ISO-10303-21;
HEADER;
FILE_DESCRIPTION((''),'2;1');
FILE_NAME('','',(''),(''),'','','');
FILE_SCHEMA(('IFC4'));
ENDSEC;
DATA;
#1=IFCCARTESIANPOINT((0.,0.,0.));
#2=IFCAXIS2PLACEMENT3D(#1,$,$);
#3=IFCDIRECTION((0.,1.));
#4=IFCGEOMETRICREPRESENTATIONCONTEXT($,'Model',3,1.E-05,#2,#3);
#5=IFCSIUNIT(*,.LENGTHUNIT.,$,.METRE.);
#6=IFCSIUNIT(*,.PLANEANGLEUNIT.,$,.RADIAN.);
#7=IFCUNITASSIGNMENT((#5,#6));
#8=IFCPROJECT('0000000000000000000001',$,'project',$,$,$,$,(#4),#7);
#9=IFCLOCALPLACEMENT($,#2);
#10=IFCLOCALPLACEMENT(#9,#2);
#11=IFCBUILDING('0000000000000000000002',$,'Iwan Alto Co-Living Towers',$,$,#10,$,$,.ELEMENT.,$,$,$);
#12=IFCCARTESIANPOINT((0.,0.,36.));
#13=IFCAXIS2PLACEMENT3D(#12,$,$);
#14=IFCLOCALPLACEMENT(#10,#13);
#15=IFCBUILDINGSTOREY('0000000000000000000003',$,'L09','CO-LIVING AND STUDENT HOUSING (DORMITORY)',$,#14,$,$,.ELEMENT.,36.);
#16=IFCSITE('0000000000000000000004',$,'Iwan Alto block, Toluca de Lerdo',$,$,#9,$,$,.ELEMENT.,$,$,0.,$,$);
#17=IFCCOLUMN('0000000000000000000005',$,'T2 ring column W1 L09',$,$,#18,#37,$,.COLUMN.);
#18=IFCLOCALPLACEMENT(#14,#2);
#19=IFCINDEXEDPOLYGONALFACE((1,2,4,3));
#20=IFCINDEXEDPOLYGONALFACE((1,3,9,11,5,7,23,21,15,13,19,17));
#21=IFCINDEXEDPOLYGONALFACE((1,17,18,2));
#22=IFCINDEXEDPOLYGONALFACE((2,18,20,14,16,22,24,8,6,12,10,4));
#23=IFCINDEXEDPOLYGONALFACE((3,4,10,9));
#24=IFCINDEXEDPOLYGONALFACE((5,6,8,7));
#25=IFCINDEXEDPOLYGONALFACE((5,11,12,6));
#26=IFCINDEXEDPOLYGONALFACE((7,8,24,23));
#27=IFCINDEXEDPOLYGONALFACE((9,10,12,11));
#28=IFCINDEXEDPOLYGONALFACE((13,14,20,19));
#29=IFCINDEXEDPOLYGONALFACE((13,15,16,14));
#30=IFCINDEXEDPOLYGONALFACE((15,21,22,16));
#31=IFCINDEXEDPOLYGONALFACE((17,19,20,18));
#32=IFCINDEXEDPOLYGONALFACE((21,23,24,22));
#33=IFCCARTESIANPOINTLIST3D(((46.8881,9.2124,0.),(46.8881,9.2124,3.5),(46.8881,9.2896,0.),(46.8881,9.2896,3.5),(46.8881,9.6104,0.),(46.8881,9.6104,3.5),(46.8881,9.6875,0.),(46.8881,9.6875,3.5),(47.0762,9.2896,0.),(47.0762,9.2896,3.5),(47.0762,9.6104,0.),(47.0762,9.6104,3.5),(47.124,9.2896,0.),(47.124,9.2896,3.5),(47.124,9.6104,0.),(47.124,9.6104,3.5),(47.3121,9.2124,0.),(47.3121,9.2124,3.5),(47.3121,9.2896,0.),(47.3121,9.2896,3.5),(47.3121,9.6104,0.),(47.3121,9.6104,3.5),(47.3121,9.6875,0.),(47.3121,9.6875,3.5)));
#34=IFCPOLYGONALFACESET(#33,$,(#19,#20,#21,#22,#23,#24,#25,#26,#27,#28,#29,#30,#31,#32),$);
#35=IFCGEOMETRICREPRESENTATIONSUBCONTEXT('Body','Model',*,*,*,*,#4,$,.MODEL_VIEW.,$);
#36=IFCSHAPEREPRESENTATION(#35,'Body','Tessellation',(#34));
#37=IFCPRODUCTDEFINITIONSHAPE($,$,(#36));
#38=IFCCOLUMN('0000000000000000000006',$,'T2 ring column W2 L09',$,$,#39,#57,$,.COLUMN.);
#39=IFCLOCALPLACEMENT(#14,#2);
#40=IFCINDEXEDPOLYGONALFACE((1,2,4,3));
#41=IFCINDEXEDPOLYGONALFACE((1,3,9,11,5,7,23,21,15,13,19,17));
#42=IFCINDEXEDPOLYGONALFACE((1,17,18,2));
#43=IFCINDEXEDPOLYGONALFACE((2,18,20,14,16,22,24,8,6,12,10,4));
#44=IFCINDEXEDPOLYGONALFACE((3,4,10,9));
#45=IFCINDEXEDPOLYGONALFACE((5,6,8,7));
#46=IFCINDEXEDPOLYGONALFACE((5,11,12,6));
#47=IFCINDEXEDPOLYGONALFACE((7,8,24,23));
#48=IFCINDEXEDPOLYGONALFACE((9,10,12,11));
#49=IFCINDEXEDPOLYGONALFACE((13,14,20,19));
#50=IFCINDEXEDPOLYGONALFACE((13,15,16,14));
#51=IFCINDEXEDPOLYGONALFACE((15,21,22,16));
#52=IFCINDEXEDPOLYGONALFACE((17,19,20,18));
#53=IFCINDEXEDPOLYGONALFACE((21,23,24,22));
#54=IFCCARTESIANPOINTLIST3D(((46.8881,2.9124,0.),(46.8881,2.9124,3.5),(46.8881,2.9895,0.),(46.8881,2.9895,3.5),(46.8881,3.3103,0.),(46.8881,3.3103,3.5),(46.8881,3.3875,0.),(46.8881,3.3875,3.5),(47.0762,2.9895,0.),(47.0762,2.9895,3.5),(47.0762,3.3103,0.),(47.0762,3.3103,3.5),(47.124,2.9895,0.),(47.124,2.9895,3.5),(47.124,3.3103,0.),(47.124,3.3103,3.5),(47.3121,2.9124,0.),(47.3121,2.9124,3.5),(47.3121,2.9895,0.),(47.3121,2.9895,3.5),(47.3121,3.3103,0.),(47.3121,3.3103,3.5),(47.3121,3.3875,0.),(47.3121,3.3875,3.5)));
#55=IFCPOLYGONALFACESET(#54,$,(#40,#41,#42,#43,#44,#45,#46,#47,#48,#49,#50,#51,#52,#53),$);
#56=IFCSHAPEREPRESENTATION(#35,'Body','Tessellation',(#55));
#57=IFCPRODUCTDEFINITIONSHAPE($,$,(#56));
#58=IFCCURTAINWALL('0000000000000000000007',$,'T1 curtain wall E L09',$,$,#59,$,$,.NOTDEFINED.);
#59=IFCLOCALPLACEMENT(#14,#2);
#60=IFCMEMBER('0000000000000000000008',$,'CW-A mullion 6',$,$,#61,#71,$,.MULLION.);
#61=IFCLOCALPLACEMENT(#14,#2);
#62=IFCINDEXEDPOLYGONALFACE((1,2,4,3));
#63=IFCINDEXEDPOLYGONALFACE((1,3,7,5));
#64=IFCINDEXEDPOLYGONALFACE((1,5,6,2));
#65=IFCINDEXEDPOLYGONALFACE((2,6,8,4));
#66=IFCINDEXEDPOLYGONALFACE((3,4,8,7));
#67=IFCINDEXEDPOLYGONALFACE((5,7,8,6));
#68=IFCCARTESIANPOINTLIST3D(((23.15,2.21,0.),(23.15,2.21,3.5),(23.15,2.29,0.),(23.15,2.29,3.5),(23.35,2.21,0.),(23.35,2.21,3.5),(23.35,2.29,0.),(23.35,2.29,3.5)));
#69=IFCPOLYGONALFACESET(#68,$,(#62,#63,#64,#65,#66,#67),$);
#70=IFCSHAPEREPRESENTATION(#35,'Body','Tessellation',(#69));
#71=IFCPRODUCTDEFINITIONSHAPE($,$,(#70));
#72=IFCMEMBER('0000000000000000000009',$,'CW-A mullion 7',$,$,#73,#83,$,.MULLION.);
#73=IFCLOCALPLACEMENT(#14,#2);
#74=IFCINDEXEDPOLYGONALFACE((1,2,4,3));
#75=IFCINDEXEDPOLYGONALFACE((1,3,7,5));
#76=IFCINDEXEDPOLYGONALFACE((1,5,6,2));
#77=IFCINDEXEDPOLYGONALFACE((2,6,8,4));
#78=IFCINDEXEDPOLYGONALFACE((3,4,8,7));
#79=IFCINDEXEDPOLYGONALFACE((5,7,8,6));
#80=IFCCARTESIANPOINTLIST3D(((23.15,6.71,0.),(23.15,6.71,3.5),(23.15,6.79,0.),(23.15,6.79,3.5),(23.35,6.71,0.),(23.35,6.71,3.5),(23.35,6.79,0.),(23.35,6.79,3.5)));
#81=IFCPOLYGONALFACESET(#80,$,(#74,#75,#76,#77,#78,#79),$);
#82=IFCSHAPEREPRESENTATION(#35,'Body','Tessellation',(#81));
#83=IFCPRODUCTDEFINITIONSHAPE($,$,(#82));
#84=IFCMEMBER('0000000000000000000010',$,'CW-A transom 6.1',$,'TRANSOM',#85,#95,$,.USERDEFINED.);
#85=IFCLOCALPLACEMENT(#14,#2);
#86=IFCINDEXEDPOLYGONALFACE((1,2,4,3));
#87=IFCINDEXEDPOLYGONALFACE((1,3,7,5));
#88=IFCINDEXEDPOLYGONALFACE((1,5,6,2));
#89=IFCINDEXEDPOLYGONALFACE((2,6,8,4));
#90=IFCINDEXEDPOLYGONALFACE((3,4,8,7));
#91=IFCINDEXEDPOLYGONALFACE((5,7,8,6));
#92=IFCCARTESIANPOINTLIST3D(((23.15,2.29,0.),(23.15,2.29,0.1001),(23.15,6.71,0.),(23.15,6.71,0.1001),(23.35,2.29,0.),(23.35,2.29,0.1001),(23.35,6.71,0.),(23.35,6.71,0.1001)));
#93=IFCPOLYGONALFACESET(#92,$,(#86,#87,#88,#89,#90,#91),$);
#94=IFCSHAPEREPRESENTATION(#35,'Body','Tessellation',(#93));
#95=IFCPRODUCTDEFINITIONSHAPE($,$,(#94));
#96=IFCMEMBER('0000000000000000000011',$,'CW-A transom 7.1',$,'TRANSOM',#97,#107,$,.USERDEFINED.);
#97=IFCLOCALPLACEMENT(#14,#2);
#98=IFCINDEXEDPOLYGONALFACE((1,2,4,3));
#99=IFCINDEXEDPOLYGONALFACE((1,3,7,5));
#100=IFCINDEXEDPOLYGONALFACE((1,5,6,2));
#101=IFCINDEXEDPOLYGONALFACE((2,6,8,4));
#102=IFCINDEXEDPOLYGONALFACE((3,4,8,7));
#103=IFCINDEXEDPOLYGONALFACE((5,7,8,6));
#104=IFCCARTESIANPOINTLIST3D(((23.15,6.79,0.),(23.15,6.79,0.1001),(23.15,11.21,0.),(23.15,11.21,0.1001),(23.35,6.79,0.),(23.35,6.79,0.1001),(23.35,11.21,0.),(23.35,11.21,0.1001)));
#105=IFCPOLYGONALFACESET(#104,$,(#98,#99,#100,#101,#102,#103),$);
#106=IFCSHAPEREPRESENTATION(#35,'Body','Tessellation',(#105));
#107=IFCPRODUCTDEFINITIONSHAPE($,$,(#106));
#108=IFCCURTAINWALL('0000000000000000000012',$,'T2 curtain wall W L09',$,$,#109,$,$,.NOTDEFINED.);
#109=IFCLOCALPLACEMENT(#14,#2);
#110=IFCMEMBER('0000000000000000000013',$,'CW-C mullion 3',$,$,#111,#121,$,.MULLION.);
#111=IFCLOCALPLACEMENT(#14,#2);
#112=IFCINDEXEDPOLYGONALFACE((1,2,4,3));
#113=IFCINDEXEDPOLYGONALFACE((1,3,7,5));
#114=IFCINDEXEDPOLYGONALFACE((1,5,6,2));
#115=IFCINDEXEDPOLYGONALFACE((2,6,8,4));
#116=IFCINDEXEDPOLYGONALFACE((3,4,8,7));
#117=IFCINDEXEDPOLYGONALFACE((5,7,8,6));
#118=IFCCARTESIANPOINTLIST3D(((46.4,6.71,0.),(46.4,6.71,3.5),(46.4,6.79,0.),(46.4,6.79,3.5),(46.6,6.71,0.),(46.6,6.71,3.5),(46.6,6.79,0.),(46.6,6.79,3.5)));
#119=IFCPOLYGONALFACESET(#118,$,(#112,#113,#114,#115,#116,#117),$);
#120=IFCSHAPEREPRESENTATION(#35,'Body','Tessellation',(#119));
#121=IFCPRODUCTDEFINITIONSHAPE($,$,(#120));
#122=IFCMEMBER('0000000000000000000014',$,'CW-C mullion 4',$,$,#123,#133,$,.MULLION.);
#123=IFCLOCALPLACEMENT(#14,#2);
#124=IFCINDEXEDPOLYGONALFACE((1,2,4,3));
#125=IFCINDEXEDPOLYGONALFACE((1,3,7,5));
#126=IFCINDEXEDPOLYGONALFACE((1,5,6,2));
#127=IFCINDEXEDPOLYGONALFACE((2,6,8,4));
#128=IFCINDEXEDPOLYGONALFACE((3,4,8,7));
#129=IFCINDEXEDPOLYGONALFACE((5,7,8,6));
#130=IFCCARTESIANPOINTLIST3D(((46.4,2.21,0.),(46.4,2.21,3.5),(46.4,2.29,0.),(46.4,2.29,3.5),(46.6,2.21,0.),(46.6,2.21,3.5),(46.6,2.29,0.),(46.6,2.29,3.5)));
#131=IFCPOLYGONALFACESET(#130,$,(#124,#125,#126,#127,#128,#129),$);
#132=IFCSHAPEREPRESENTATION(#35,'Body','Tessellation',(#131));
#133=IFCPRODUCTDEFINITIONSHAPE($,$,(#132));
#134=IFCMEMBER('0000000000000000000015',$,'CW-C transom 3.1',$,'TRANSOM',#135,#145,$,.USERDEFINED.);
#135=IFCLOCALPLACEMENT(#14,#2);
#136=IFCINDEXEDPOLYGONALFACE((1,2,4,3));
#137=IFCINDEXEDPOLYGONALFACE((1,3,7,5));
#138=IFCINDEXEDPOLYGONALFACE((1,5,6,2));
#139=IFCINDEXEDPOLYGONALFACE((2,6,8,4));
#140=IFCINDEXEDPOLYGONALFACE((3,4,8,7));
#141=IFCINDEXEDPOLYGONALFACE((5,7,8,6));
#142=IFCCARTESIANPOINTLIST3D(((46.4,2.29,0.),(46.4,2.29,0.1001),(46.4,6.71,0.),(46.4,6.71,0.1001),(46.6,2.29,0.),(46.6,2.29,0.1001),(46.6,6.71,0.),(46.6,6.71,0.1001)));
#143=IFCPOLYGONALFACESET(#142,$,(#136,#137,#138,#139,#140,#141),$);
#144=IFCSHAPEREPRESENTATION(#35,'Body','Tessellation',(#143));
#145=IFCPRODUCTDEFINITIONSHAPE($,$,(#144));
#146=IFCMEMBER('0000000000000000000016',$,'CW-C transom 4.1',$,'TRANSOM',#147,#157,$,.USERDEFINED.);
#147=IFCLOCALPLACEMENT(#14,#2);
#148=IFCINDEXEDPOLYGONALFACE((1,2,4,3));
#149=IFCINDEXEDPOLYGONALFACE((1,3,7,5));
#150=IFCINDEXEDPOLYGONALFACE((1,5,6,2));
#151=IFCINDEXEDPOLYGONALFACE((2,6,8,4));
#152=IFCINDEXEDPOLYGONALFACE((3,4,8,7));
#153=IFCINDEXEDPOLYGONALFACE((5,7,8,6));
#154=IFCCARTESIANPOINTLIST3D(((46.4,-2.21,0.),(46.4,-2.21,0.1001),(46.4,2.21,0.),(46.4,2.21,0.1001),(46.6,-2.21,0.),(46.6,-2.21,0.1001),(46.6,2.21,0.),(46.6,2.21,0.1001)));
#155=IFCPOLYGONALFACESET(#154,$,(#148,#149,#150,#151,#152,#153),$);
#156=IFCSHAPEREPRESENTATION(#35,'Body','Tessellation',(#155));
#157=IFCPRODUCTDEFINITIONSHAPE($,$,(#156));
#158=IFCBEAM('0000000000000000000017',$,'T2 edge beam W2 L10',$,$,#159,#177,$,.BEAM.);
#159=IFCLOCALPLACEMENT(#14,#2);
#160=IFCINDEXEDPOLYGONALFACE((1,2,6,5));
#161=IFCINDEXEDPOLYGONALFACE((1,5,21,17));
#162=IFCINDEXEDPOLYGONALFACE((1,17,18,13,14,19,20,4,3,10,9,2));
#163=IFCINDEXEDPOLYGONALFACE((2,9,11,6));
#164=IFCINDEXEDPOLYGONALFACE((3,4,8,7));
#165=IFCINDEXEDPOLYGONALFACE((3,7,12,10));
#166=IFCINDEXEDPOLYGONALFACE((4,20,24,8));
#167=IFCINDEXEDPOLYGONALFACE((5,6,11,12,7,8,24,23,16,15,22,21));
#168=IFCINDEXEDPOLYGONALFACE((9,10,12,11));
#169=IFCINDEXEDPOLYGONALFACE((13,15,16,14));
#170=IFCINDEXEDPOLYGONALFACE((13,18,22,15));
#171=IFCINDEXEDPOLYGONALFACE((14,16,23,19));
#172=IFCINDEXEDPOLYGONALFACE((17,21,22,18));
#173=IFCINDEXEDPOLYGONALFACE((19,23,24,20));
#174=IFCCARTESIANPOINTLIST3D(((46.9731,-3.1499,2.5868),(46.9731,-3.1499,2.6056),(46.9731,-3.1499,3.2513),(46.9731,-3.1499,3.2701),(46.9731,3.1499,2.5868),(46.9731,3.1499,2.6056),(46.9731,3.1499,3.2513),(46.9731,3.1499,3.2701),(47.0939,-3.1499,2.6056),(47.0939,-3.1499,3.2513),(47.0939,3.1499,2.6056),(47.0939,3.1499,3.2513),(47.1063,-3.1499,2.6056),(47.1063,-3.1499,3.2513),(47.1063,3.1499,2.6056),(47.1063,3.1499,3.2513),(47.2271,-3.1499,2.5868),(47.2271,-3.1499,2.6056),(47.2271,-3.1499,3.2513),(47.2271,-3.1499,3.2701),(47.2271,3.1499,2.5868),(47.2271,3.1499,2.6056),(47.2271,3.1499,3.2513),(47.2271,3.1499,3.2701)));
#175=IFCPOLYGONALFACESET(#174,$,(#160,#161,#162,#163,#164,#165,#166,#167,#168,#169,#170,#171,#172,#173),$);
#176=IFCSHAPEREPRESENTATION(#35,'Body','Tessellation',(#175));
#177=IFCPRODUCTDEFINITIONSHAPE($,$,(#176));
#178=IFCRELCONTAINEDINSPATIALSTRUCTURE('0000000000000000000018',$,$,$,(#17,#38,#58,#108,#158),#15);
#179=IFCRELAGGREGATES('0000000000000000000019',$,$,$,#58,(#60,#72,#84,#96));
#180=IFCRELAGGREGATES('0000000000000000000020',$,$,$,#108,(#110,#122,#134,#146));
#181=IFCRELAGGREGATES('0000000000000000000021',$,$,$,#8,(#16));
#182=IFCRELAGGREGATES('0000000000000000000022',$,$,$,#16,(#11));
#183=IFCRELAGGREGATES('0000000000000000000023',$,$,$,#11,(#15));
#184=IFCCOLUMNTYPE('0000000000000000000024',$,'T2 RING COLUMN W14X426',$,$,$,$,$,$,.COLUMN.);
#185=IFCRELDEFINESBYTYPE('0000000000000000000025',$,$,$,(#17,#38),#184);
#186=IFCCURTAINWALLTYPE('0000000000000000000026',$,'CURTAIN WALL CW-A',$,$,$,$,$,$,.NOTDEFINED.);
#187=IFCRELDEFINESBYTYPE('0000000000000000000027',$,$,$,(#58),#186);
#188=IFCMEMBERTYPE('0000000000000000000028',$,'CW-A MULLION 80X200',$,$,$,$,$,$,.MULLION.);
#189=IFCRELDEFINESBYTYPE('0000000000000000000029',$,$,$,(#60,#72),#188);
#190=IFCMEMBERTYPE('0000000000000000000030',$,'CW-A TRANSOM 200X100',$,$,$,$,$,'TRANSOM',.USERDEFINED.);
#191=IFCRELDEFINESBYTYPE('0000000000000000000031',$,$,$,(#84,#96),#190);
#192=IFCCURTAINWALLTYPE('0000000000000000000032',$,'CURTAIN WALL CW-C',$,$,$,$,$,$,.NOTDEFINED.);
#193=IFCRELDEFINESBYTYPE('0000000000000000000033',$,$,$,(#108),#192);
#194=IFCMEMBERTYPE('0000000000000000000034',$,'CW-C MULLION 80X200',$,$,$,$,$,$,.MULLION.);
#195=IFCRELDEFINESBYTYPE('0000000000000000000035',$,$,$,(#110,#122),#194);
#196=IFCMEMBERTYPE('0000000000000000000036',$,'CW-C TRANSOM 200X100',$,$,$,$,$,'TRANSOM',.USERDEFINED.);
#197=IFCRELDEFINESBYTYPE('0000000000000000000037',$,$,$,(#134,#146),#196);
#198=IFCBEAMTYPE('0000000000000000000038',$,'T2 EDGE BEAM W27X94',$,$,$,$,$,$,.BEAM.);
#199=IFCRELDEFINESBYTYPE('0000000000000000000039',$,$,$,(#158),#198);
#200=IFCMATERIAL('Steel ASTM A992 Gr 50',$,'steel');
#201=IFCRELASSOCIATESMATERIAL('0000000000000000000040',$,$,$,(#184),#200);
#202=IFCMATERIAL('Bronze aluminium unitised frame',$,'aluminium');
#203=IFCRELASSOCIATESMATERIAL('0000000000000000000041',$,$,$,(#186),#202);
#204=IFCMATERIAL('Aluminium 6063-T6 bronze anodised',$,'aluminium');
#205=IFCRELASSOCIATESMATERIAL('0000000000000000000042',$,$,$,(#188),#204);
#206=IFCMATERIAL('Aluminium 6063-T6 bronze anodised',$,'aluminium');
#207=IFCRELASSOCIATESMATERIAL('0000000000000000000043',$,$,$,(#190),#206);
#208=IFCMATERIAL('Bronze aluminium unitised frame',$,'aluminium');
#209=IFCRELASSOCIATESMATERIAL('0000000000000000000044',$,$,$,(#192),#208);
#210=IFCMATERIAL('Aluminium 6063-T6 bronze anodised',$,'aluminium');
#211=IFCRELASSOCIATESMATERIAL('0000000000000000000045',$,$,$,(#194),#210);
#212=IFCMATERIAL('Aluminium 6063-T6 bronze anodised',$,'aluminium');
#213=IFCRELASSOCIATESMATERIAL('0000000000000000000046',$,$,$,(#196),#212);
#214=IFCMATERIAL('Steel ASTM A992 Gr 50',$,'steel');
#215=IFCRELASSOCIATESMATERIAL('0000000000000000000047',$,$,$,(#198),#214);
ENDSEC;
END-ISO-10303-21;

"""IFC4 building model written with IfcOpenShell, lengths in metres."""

from ifc_helpers import new_model, si_unit, direction, frame, origin, origin_2d, place, context, subcontext, project, spatial, rectangle, i_section, extrude, material, material_profile, profile_set, type_object, element, aggregate, save


model = new_model("IFC4")

# Units and contexts
model_context = context("Model", 3, precision=1e-05, world=origin(), true_north=direction((0.0, 1.0)))
body_context = subcontext(model_context, "Body", "Model", "MODEL_VIEW")
ifc_project = project(units=[si_unit("LENGTHUNIT", "METRE"), si_unit("PLANEANGLEUNIT", "RADIAN")], contexts=[model_context])

# Site, building, storey
site_placement = place(None, origin())
site = spatial("IfcSite", under=ifc_project, at=site_placement, Name="Iwan Alto block, Toluca de Lerdo", CompositionType="ELEMENT", RefElevation=0.0)
building_placement = place(site_placement, origin())
building = spatial("IfcBuilding", under=site, at=building_placement, Name="Iwan Alto Co-Living Towers", CompositionType="ELEMENT")
storey_placement = place(building_placement, frame((0.0, 0.0, 36.0)))
storey = spatial("IfcBuildingStorey", under=building, at=storey_placement, Name="L09", Description="CO-LIVING AND STUDENT HOUSING (DORMITORY)", CompositionType="ELEMENT", Elevation=36.0)

# Columns
ifc_material_1 = material(Name="Steel ASTM A992 Gr 50", Category="steel")
ifc_material_profile_1 = material_profile(ifc_material_1, i_section(OverallWidth=0.4241, OverallDepth=0.4751, WebThickness=0.0479, FlangeThickness=0.0771, at=origin_2d()), Name="W14X426")
ifc_profile_set_1 = profile_set([ifc_material_profile_1], Name="Steel ASTM A992 Gr 50")
column_type = type_object("IfcColumnType", Name="T2 RING COLUMN W14X426", PredefinedType="COLUMN", material=ifc_profile_set_1)
for number, where, z_axis, x_axis, name in (
    (1, (47.1001, 9.45, 0.0), (0.0, 0.0, 1.0), (1.0, 0.0, 0.0), "T2 ring column W1 L09"),
    (2, (47.1001, 3.1499, 0.0), (0.0, 0.0, 1.0), (1.0, 0.0, 0.0), "T2 ring column W2 L09"),
):
    element("IfcColumn", number, at=place(storey_placement, frame(where, z_axis=z_axis, x_axis=x_axis)), inside=storey, type_object=column_type, Name=name, PredefinedType="COLUMN", context=body_context, shape_type="SweptSolid", body=[
        extrude(i_section(OverallWidth=0.4241, OverallDepth=0.4751, WebThickness=0.0479, FlangeThickness=0.0771, at=origin_2d()), origin(), (0.0, 0.0, 1.0), 3.5),
    ])

# Curtain walls, members
ifc_material_2 = material(Name="Bronze aluminium unitised frame", Category="aluminium")
curtain_wall_type_1 = type_object("IfcCurtainWallType", Name="CURTAIN WALL CW-A", PredefinedType="NOTDEFINED", material=ifc_material_2)
curtain_wall_1_placement = place(storey_placement, origin())
curtain_wall_1 = element("IfcCurtainWall", 3, at=curtain_wall_1_placement, inside=storey, type_object=curtain_wall_type_1, Name="T1 curtain wall E L09", PredefinedType="NOTDEFINED")
ifc_material_3 = material(Name="Aluminium 6063-T6 bronze anodised", Category="aluminium")
ifc_material_profile_2 = material_profile(ifc_material_3, rectangle(XDim=0.2, YDim=0.0801, at=origin_2d()), Name="AL 80X200")
ifc_profile_set_2 = profile_set([ifc_material_profile_2], Name="Aluminium 6063-T6 bronze anodised")
member_type_1 = type_object("IfcMemberType", Name="CW-A MULLION 80X200", PredefinedType="MULLION", material=ifc_profile_set_2)
member_1_placement = place(storey_placement, frame((23.25, 2.25, 0.0), z_axis=(0.0, 0.0, 1.0), x_axis=(-1.0, 0.0, 0.0)))
member_1 = element("IfcMember", 4, at=member_1_placement, type_object=member_type_1, Name="CW-A mullion 6", PredefinedType="MULLION", context=body_context, shape_type="SweptSolid", body=[
    extrude(rectangle(XDim=0.2, YDim=0.0801, at=origin_2d()), origin(), (0.0, 0.0, 1.0), 3.5),
])
member_2_placement = place(storey_placement, frame((23.25, 6.75, 0.0), z_axis=(0.0, 0.0, 1.0), x_axis=(-1.0, 0.0, 0.0)))
member_2 = element("IfcMember", 5, at=member_2_placement, type_object=member_type_1, Name="CW-A mullion 7", PredefinedType="MULLION", context=body_context, shape_type="SweptSolid", body=[
    extrude(rectangle(XDim=0.2, YDim=0.0801, at=origin_2d()), origin(), (0.0, 0.0, 1.0), 3.5),
])
ifc_material_4 = material(Name="Aluminium 6063-T6 bronze anodised", Category="aluminium")
ifc_material_profile_3 = material_profile(ifc_material_4, rectangle(XDim=0.2, YDim=0.1001, at=origin_2d()), Name="AL 200X100")
ifc_profile_set_3 = profile_set([ifc_material_profile_3], Name="Aluminium 6063-T6 bronze anodised")
member_type_2 = type_object("IfcMemberType", Name="CW-A TRANSOM 200X100", ElementType="TRANSOM", PredefinedType="USERDEFINED", material=ifc_profile_set_3)
member_3_placement = place(storey_placement, frame((23.25, 2.29, 0.05), z_axis=(0.0, 1.0, 0.0), x_axis=(-1.0, 0.0, 0.0)))
member_3 = element("IfcMember", 6, at=member_3_placement, type_object=member_type_2, Name="CW-A transom 6.1", ObjectType="TRANSOM", PredefinedType="USERDEFINED", context=body_context, shape_type="SweptSolid", body=[
    extrude(rectangle(XDim=0.2, YDim=0.1001, at=origin_2d()), origin(), (0.0, 0.0, 1.0), 4.4199),
])
member_4_placement = place(storey_placement, frame((23.25, 6.79, 0.05), z_axis=(0.0, 1.0, 0.0), x_axis=(-1.0, 0.0, 0.0)))
member_4 = element("IfcMember", 7, at=member_4_placement, type_object=member_type_2, Name="CW-A transom 7.1", ObjectType="TRANSOM", PredefinedType="USERDEFINED", context=body_context, shape_type="SweptSolid", body=[
    extrude(rectangle(XDim=0.2, YDim=0.1001, at=origin_2d()), origin(), (0.0, 0.0, 1.0), 4.4199),
])
ifc_material_5 = material(Name="Bronze aluminium unitised frame", Category="aluminium")
curtain_wall_type_2 = type_object("IfcCurtainWallType", Name="CURTAIN WALL CW-C", PredefinedType="NOTDEFINED", material=ifc_material_5)
curtain_wall_2_placement = place(storey_placement, origin())
curtain_wall_2 = element("IfcCurtainWall", 8, at=curtain_wall_2_placement, inside=storey, type_object=curtain_wall_type_2, Name="T2 curtain wall W L09", PredefinedType="NOTDEFINED")
ifc_material_6 = material(Name="Aluminium 6063-T6 bronze anodised", Category="aluminium")
ifc_material_profile_4 = material_profile(ifc_material_6, rectangle(XDim=0.2, YDim=0.0801, at=origin_2d()), Name="AL 80X200")
ifc_profile_set_4 = profile_set([ifc_material_profile_4], Name="Aluminium 6063-T6 bronze anodised")
member_type_3 = type_object("IfcMemberType", Name="CW-C MULLION 80X200", PredefinedType="MULLION", material=ifc_profile_set_4)
member_5_placement = place(storey_placement, frame((46.5, 6.75, 0.0), z_axis=(0.0, 0.0, 1.0), x_axis=(1.0, 0.0, 0.0)))
member_5 = element("IfcMember", 9, at=member_5_placement, type_object=member_type_3, Name="CW-C mullion 3", PredefinedType="MULLION", context=body_context, shape_type="SweptSolid", body=[
    extrude(rectangle(XDim=0.2, YDim=0.0801, at=origin_2d()), origin(), (0.0, 0.0, 1.0), 3.5),
])
member_6_placement = place(storey_placement, frame((46.5, 2.25, 0.0), z_axis=(0.0, 0.0, 1.0), x_axis=(1.0, 0.0, 0.0)))
member_6 = element("IfcMember", 10, at=member_6_placement, type_object=member_type_3, Name="CW-C mullion 4", PredefinedType="MULLION", context=body_context, shape_type="SweptSolid", body=[
    extrude(rectangle(XDim=0.2, YDim=0.0801, at=origin_2d()), origin(), (0.0, 0.0, 1.0), 3.5),
])
ifc_material_7 = material(Name="Aluminium 6063-T6 bronze anodised", Category="aluminium")
ifc_material_profile_5 = material_profile(ifc_material_7, rectangle(XDim=0.2, YDim=0.1001, at=origin_2d()), Name="AL 200X100")
ifc_profile_set_5 = profile_set([ifc_material_profile_5], Name="Aluminium 6063-T6 bronze anodised")
member_type_4 = type_object("IfcMemberType", Name="CW-C TRANSOM 200X100", ElementType="TRANSOM", PredefinedType="USERDEFINED", material=ifc_profile_set_5)
member_7_placement = place(storey_placement, frame((46.5, 6.71, 0.05), z_axis=(0.0, -1.0, 0.0), x_axis=(1.0, 0.0, 0.0)))
member_7 = element("IfcMember", 11, at=member_7_placement, type_object=member_type_4, Name="CW-C transom 3.1", ObjectType="TRANSOM", PredefinedType="USERDEFINED", context=body_context, shape_type="SweptSolid", body=[
    extrude(rectangle(XDim=0.2, YDim=0.1001, at=origin_2d()), origin(), (0.0, 0.0, 1.0), 4.4199),
])
member_8_placement = place(storey_placement, frame((46.5, 2.21, 0.05), z_axis=(0.0, -1.0, 0.0), x_axis=(1.0, 0.0, 0.0)))
member_8 = element("IfcMember", 12, at=member_8_placement, type_object=member_type_4, Name="CW-C transom 4.1", ObjectType="TRANSOM", PredefinedType="USERDEFINED", context=body_context, shape_type="SweptSolid", body=[
    extrude(rectangle(XDim=0.2, YDim=0.1001, at=origin_2d()), origin(), (0.0, 0.0, 1.0), 4.4199),
])

# Beam
ifc_material_8 = material(Name="Steel ASTM A992 Gr 50", Category="steel")
ifc_material_profile_6 = material_profile(ifc_material_8, i_section(OverallWidth=0.2539, OverallDepth=0.6833, WebThickness=0.0125, FlangeThickness=0.0188, at=origin_2d()), Name="W27X94")
ifc_profile_set_6 = profile_set([ifc_material_profile_6], Name="Steel ASTM A992 Gr 50")
beam_type_1 = type_object("IfcBeamType", Name="T2 EDGE BEAM W27X94", PredefinedType="BEAM", material=ifc_profile_set_6)
beam_1_placement = place(storey_placement, frame((47.1001, 3.1499, 2.9285), z_axis=(0.0, -1.0, 0.0), x_axis=(1.0, 0.0, 0.0)))
element("IfcBeam", 13, at=beam_1_placement, inside=storey, type_object=beam_type_1, Name="T2 edge beam W2 L10", PredefinedType="BEAM", context=body_context, shape_type="SweptSolid", body=[
    extrude(i_section(OverallWidth=0.2539, OverallDepth=0.6833, WebThickness=0.0125, FlangeThickness=0.0188, at=origin_2d()), origin(), (0.0, 0.0, 1.0), 6.2998),
])

aggregate(curtain_wall_1, [member_1, member_2, member_3, member_4])
aggregate(curtain_wall_2, [member_5, member_6, member_7, member_8])

save(model, "model.ifc")
